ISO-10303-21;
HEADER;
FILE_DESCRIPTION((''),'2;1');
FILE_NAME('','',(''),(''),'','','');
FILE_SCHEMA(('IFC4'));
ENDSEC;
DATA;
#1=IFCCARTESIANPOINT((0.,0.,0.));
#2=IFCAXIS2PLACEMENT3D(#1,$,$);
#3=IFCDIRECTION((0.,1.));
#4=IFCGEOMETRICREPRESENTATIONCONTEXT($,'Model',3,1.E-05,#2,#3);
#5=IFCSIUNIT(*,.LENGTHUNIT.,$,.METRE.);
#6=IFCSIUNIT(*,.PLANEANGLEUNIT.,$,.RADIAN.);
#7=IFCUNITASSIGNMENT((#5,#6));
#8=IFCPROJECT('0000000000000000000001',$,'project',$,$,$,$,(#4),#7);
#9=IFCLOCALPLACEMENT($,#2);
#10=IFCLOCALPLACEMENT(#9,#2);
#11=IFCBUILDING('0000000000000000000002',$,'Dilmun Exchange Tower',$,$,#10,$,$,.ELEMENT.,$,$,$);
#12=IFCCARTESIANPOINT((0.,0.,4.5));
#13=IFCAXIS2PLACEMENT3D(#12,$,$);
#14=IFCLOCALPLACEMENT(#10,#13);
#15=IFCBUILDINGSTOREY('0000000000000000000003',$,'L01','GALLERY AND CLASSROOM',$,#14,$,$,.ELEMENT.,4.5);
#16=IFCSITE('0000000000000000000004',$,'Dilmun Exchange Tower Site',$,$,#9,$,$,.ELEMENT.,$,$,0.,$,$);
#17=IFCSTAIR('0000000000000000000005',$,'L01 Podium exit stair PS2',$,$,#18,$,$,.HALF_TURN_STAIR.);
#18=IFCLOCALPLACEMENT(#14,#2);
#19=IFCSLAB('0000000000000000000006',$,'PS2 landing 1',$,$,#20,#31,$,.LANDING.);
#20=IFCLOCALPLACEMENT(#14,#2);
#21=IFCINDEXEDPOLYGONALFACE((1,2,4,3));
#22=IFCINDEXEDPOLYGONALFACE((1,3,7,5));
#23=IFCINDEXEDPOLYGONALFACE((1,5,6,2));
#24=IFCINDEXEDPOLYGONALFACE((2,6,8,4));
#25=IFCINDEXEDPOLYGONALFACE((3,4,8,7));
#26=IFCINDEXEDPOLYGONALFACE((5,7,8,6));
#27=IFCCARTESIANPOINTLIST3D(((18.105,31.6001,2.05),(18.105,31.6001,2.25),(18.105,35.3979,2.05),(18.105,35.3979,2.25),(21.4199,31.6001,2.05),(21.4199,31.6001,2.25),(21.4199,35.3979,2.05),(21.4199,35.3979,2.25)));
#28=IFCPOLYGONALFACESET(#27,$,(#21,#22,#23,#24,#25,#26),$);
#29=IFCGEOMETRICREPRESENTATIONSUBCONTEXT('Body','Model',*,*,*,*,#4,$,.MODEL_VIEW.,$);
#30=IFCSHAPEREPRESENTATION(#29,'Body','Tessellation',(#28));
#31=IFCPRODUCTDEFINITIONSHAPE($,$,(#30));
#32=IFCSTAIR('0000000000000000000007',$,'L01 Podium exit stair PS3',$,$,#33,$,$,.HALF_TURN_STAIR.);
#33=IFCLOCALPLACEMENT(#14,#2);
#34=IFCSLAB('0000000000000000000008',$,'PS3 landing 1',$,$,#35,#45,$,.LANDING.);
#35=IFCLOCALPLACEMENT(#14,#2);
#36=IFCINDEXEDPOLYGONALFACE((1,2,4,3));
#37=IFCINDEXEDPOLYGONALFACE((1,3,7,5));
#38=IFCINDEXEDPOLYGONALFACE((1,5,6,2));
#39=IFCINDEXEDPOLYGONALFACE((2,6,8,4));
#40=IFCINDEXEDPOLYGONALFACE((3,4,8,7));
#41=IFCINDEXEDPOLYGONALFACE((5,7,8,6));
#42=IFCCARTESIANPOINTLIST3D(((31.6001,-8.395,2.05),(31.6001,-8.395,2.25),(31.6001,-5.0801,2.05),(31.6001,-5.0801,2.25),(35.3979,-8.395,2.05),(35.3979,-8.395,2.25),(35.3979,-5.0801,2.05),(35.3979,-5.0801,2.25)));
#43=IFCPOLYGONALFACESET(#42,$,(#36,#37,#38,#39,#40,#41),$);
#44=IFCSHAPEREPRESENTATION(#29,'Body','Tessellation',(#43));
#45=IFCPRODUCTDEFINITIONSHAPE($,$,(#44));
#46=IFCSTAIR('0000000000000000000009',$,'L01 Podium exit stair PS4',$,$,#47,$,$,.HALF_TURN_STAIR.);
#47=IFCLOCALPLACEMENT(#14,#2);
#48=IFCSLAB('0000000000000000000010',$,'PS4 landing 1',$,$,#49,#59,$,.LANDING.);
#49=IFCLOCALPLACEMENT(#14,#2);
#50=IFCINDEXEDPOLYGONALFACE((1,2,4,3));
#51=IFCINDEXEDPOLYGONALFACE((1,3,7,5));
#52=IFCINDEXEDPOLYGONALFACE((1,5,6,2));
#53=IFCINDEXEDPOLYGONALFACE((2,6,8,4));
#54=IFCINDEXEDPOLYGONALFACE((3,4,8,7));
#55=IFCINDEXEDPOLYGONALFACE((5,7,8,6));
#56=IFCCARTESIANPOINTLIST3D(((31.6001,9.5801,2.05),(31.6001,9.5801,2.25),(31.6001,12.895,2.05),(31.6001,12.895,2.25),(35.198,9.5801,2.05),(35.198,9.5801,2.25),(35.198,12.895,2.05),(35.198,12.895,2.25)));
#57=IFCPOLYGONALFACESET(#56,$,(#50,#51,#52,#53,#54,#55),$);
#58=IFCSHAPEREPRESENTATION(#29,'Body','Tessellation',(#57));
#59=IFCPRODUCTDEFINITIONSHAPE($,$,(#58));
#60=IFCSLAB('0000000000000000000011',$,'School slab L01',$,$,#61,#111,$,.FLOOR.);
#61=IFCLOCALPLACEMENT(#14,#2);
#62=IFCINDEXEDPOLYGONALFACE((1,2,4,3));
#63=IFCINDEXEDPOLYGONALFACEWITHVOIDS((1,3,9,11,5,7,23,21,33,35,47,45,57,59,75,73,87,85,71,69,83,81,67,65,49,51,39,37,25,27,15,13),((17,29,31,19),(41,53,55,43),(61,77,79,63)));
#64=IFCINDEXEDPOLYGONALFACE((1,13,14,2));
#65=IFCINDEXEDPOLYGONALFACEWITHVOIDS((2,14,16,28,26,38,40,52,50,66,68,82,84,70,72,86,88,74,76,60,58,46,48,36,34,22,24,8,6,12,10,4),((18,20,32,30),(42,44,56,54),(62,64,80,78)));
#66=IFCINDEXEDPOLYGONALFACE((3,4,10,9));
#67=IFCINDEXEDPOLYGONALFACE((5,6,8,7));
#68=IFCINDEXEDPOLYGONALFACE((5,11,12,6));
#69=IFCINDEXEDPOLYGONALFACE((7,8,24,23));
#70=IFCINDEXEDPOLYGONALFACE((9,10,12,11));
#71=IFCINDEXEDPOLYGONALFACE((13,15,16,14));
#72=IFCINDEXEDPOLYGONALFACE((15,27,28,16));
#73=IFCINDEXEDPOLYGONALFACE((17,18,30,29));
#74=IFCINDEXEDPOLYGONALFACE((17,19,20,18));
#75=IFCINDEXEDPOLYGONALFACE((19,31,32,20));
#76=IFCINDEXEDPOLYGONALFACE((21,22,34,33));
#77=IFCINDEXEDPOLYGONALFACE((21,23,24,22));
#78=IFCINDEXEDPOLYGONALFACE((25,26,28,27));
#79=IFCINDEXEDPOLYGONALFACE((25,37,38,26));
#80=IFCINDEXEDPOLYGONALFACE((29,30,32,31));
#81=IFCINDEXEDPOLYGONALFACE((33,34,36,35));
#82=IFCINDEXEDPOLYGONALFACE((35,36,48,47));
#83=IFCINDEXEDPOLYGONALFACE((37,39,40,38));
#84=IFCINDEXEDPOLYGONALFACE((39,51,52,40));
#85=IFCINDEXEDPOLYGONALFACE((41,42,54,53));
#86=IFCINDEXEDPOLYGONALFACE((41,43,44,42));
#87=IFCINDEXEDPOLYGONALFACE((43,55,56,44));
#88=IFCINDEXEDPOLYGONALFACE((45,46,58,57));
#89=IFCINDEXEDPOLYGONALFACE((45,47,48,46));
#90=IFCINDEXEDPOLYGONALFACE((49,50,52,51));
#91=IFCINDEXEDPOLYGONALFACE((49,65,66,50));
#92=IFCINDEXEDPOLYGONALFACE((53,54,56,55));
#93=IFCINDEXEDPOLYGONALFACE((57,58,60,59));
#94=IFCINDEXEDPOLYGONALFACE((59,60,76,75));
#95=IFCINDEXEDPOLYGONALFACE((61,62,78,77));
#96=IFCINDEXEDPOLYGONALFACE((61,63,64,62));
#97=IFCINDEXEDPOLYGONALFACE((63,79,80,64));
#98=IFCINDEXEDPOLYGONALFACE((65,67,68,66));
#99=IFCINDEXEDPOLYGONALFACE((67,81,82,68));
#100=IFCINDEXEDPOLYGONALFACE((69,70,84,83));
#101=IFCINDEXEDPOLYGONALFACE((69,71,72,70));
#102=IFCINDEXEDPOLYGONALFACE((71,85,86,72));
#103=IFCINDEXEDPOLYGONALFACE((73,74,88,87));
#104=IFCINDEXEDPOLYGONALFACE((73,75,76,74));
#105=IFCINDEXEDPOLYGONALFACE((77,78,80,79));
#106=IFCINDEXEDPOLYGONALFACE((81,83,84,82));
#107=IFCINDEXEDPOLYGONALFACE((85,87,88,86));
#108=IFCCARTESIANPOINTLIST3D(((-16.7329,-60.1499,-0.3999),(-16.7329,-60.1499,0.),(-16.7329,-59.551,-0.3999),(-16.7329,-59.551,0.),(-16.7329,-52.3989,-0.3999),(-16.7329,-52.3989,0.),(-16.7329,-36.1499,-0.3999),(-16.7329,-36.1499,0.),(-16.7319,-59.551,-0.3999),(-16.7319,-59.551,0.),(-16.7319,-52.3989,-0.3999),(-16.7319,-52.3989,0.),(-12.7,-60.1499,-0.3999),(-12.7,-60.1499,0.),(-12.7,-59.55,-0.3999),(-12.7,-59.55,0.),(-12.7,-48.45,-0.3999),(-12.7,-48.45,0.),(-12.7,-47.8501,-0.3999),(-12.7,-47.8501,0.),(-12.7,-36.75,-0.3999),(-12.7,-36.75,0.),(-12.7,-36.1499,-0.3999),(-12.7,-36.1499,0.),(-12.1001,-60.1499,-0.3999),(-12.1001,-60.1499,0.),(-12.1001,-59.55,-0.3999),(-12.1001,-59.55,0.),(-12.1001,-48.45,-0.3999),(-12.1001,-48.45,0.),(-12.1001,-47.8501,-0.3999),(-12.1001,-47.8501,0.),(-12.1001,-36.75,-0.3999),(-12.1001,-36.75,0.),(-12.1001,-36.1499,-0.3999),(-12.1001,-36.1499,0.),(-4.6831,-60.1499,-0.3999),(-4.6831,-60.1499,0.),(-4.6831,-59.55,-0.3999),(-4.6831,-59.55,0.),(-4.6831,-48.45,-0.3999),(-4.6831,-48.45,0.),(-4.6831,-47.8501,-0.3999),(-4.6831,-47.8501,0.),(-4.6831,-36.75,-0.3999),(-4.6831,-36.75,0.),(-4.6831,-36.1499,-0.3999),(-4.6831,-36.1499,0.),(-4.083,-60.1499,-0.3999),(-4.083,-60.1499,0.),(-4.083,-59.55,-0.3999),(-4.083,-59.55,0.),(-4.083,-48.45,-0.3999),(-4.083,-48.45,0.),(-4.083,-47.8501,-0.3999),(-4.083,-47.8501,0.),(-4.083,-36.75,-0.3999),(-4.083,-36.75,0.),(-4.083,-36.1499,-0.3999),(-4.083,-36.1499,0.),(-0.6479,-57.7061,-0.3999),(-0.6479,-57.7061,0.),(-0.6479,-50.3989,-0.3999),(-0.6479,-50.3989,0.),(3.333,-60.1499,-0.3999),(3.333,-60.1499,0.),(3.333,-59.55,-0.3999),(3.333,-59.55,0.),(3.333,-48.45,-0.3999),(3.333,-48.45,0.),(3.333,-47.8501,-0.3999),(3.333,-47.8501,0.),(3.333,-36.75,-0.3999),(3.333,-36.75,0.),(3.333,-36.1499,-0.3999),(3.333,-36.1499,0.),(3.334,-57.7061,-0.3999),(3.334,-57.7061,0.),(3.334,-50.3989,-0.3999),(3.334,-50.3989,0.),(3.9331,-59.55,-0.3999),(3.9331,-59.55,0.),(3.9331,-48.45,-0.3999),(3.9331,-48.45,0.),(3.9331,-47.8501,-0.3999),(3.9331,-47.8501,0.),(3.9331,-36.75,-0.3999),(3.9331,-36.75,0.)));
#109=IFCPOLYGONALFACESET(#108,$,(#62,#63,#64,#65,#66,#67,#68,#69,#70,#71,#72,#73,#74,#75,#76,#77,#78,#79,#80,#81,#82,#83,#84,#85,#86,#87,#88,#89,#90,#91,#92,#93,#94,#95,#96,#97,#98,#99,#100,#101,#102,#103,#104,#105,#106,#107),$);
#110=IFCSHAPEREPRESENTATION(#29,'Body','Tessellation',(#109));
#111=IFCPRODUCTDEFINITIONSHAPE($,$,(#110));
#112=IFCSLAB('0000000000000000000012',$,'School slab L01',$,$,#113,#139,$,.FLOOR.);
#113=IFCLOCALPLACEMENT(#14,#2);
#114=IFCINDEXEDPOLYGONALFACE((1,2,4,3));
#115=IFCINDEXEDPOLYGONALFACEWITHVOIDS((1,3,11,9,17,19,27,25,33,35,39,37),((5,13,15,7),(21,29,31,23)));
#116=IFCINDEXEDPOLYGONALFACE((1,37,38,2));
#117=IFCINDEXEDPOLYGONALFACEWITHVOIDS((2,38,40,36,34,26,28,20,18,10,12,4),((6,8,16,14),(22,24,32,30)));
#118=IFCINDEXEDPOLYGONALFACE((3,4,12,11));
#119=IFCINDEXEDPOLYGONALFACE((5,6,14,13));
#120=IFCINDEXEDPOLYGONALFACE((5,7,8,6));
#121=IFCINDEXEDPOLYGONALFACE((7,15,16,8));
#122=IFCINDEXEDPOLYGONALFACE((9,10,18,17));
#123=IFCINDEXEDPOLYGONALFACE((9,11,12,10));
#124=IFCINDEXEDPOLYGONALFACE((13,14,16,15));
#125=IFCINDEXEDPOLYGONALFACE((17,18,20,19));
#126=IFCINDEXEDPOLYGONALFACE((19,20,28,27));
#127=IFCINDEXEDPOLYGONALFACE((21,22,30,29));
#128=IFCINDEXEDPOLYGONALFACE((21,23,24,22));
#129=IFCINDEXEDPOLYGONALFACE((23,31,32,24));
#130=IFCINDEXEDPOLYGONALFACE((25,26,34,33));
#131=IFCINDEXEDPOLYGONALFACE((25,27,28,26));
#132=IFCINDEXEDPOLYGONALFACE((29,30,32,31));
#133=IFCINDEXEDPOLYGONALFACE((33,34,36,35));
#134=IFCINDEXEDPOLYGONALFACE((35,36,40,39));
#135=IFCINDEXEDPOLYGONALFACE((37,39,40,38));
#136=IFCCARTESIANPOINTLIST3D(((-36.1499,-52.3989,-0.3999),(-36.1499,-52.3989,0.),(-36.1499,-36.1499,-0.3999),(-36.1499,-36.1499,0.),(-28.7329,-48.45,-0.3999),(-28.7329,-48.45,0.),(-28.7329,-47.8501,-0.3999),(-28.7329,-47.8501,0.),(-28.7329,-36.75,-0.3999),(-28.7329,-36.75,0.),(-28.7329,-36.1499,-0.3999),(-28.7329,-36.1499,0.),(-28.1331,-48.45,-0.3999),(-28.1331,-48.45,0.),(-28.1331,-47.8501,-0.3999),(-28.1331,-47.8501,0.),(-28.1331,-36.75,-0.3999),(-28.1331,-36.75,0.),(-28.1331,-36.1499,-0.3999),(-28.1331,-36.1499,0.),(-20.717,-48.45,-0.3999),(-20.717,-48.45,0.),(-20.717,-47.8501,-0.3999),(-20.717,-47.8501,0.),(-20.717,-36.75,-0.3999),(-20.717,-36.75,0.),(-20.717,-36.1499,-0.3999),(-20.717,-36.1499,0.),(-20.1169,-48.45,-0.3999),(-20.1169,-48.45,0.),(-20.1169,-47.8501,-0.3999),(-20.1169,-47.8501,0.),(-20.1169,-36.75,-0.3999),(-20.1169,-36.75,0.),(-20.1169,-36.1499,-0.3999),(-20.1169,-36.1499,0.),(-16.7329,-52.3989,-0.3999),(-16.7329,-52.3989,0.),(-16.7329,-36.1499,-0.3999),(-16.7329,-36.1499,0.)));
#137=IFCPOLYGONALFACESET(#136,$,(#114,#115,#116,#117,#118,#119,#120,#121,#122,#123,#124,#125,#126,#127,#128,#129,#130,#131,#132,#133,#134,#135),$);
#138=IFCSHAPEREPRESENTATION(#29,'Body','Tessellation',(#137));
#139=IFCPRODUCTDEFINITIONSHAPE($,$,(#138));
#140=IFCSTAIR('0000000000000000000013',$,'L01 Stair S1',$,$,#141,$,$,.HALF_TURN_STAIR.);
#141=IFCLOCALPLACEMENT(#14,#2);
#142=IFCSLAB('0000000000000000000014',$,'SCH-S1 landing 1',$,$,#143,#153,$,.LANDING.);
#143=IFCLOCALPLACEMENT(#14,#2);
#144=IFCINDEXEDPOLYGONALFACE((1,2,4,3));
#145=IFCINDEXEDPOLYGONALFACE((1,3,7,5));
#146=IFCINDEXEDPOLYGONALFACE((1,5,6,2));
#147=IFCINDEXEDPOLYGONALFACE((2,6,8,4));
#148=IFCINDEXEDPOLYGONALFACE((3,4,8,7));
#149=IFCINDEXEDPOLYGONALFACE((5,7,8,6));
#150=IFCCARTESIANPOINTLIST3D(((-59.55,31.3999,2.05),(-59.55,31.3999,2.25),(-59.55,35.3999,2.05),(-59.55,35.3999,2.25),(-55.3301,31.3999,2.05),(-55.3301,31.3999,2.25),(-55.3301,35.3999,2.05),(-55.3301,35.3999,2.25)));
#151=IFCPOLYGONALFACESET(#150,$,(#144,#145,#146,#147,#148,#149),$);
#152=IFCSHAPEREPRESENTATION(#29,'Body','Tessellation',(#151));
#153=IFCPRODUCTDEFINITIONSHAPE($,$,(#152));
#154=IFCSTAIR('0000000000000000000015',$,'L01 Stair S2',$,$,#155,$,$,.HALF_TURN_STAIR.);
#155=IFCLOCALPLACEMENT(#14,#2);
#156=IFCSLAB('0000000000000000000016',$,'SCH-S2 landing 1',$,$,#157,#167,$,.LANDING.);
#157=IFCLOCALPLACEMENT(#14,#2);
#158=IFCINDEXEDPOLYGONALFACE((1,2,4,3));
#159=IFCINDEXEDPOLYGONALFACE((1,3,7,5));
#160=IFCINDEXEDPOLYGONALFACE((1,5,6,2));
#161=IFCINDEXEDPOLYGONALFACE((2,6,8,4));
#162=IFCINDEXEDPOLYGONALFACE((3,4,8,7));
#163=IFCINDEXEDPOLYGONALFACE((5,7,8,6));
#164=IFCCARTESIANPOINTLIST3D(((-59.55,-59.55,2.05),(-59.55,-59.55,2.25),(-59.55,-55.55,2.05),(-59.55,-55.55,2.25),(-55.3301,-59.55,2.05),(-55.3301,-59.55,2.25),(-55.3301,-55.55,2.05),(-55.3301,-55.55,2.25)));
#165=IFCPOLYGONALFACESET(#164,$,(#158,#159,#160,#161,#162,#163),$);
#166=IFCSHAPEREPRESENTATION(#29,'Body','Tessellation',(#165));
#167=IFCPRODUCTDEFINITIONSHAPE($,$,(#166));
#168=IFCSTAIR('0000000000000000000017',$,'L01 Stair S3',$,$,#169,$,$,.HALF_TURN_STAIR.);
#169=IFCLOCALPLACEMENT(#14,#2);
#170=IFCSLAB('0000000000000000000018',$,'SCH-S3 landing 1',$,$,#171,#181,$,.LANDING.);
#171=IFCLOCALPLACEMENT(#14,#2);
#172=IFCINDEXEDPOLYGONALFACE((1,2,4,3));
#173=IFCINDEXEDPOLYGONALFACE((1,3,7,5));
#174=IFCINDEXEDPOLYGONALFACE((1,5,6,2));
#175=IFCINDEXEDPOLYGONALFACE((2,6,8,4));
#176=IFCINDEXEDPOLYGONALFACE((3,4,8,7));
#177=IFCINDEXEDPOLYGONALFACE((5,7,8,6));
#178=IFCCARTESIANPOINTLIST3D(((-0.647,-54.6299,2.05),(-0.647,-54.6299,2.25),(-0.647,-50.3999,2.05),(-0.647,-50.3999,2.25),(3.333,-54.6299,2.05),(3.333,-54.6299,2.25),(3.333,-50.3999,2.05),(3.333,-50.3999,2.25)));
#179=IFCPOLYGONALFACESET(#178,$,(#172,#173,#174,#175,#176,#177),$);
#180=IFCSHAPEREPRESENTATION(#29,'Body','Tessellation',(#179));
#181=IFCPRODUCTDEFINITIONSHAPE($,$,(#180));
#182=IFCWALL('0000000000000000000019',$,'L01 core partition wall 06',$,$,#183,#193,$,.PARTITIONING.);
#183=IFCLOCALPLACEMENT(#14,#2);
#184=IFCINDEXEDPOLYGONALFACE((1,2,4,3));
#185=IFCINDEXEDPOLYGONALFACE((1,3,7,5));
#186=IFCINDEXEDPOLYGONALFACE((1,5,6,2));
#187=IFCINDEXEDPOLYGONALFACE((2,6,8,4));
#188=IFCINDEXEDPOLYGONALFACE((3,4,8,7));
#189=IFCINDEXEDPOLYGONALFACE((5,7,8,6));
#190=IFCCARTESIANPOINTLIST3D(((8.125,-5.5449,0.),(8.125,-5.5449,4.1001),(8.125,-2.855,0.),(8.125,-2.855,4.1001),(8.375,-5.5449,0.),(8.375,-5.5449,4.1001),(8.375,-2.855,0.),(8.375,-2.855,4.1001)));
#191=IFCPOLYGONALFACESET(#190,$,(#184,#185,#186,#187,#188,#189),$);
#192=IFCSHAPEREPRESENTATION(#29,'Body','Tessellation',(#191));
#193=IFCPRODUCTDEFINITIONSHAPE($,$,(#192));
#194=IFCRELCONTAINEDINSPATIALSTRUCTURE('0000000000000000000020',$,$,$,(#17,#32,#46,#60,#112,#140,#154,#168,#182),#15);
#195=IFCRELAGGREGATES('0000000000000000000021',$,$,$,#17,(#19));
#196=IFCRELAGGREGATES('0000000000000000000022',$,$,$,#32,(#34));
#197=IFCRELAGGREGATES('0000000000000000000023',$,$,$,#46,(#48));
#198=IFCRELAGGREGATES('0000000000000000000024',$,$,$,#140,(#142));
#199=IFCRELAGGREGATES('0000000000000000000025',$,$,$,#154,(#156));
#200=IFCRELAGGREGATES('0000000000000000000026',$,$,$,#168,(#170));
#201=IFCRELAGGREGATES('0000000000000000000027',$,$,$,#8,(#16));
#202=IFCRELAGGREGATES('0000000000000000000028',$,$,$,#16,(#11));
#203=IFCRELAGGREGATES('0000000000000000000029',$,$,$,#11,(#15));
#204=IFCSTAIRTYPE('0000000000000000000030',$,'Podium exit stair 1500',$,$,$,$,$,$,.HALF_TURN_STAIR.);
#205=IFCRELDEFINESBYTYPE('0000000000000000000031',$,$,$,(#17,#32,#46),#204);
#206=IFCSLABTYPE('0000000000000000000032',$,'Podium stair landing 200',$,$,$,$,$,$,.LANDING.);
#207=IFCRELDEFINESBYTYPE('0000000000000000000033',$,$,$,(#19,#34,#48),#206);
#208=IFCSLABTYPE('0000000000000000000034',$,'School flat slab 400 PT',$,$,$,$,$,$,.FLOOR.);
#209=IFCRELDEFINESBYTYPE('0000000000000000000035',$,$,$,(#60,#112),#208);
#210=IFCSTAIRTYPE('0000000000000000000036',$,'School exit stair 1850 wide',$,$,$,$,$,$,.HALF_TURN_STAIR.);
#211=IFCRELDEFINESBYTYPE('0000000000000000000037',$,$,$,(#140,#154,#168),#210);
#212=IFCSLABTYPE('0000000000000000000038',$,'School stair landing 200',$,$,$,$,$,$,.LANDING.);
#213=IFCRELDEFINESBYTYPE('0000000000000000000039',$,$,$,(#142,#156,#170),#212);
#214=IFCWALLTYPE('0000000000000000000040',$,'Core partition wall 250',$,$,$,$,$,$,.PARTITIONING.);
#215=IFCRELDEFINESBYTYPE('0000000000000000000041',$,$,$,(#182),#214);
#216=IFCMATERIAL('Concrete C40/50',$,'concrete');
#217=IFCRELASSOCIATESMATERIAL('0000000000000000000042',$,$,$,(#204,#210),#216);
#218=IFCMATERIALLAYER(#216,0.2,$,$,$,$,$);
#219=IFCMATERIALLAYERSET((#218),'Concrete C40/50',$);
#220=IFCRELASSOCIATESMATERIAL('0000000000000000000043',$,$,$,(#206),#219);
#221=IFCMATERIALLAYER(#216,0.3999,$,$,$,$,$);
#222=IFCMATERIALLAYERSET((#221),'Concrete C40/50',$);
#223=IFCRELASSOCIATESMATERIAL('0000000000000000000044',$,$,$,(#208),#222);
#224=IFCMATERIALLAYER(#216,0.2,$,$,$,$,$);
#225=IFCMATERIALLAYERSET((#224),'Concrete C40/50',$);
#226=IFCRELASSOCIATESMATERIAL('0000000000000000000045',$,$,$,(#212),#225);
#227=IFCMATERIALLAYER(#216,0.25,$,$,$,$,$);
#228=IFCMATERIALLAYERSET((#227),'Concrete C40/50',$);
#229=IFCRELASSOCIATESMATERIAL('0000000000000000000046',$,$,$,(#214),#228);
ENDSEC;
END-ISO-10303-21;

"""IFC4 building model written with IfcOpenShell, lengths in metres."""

from ifc_helpers import new_model, si_unit, direction, frame, frame_2d, origin, place, context, subcontext, project, spatial, polyline, rectangle, outline, extrude, material, layer, layer_set, type_object, element, aggregate, save


model = new_model("IFC4")

# Units and contexts
model_context = context("Model", 3, precision=1e-05, world=origin(), true_north=direction((0.0, 1.0)))
body_context = subcontext(model_context, "Body", "Model", "MODEL_VIEW")
ifc_project = project(units=[si_unit("LENGTHUNIT", "METRE"), si_unit("PLANEANGLEUNIT", "RADIAN")], contexts=[model_context])

# Site, building, storey
site_placement = place(None, origin())
site = spatial("IfcSite", under=ifc_project, at=site_placement, Name="Dilmun Exchange Tower Site", CompositionType="ELEMENT", RefElevation=0.0)
building_placement = place(site_placement, origin())
building = spatial("IfcBuilding", under=site, at=building_placement, Name="Dilmun Exchange Tower", CompositionType="ELEMENT")
storey_placement = place(building_placement, frame((0.0, 0.0, 4.5)))
storey = spatial("IfcBuildingStorey", under=building, at=storey_placement, Name="L01", Description="GALLERY AND CLASSROOM", CompositionType="ELEMENT", Elevation=4.5)

# Stairs, slabs
ifc_material_1 = material(Name="Concrete C40/50", Category="concrete")
stair_type_1 = type_object("IfcStairType", Name="Podium exit stair 1500", PredefinedType="HALF_TURN_STAIR", material=ifc_material_1)
stair_1_placement = place(storey_placement, origin())
stair_1 = element("IfcStair", 1, at=stair_1_placement, inside=storey, type_object=stair_type_1, Name="L01 Podium exit stair PS2", PredefinedType="HALF_TURN_STAIR")
ifc_layer_1 = layer(ifc_material_1, 0.2)
ifc_layer_set_1 = layer_set([ifc_layer_1], Name="Concrete C40/50")
slab_type_1 = type_object("IfcSlabType", Name="Podium stair landing 200", PredefinedType="LANDING", material=ifc_layer_set_1)
slab_1_placement = place(storey_placement, frame((0.0, 0.0, 2.05)))
slab_1 = element("IfcSlab", 2, at=slab_1_placement, type_object=slab_type_1, Name="PS2 landing 1", PredefinedType="LANDING", context=body_context, shape_type="SweptSolid", body=[
    extrude(outline(polyline([(21.4199, 35.3979), (18.105, 35.3979), (18.105, 31.6001), (21.4199, 31.6001), (21.4199, 35.3979)])), origin(), (0.0, 0.0, 1.0), 0.2),
])
aggregate(stair_1, [slab_1])
stair_2_placement = place(storey_placement, origin())
stair_2 = element("IfcStair", 3, at=stair_2_placement, inside=storey, type_object=stair_type_1, Name="L01 Podium exit stair PS3", PredefinedType="HALF_TURN_STAIR")
slab_2_placement = place(storey_placement, frame((0.0, 0.0, 2.05)))
slab_2 = element("IfcSlab", 4, at=slab_2_placement, type_object=slab_type_1, Name="PS3 landing 1", PredefinedType="LANDING", context=body_context, shape_type="SweptSolid", body=[
    extrude(outline(polyline([(31.6001, -5.0801), (31.6001, -8.395), (35.3979, -8.395), (35.3979, -5.0801), (31.6001, -5.0801)])), origin(), (0.0, 0.0, 1.0), 0.2),
])
aggregate(stair_2, [slab_2])
stair_3_placement = place(storey_placement, origin())
stair_3 = element("IfcStair", 5, at=stair_3_placement, inside=storey, type_object=stair_type_1, Name="L01 Podium exit stair PS4", PredefinedType="HALF_TURN_STAIR")
slab_3_placement = place(storey_placement, frame((0.0, 0.0, 2.05)))
slab_3 = element("IfcSlab", 6, at=slab_3_placement, type_object=slab_type_1, Name="PS4 landing 1", PredefinedType="LANDING", context=body_context, shape_type="SweptSolid", body=[
    extrude(outline(polyline([(35.198, 9.5801), (35.198, 12.895), (31.6001, 12.895), (31.6001, 9.5801), (35.198, 9.5801)])), origin(), (0.0, 0.0, 1.0), 0.2),
])
aggregate(stair_3, [slab_3])

# Slabs
ifc_layer_2 = layer(ifc_material_1, 0.3999)
ifc_layer_set_2 = layer_set([ifc_layer_2], Name="Concrete C40/50")
slab_type_2 = type_object("IfcSlabType", Name="School flat slab 400 PT", PredefinedType="FLOOR", material=ifc_layer_set_2)
slab_4_placement = place(storey_placement, frame((0.0, 0.0, -0.3999)))
element("IfcSlab", 7, at=slab_4_placement, inside=storey, type_object=slab_type_2, Name="School slab L01", PredefinedType="FLOOR", context=body_context, shape_type="SweptSolid", body=[
    extrude(outline(polyline([(3.333, -47.8501), (3.333, -48.45), (3.9331, -48.45), (3.9331, -59.55), (3.333, -59.55), (3.333, -60.1499), (-4.083, -60.1499), (-4.083, -59.55), (-4.6831, -59.55), (-4.6831, -60.1499), (-12.1001, -60.1499), (-12.1001, -59.55), (-12.7, -59.55), (-12.7, -60.1499), (-16.7329, -60.1499), (-16.7329, -59.551), (-16.7319, -59.551), (-16.7319, -52.3989), (-16.7329, -52.3989), (-16.7329, -36.1499), (-12.7, -36.1499), (-12.7, -36.75), (-12.1001, -36.75), (-12.1001, -36.1499), (-4.6831, -36.1499), (-4.6831, -36.75), (-4.083, -36.75), (-4.083, -36.1499), (3.333, -36.1499), (3.333, -36.75), (3.9331, -36.75), (3.9331, -47.8501), (3.333, -47.8501)]), holes=[polyline([(-12.1001, -47.8501), (-12.7, -47.8501), (-12.7, -48.45), (-12.1001, -48.45), (-12.1001, -47.8501)]), polyline([(-4.083, -47.8501), (-4.6831, -47.8501), (-4.6831, -48.45), (-4.083, -48.45), (-4.083, -47.8501)]), polyline([(-0.6479, -50.3989), (-0.6479, -57.7061), (3.334, -57.7061), (3.334, -50.3989), (-0.6479, -50.3989)])]), origin(), (0.0, 0.0, 1.0), 0.3999),
])
slab_5_placement = place(storey_placement, frame((0.0, 0.0, -0.3999)))
element("IfcSlab", 8, at=slab_5_placement, inside=storey, type_object=slab_type_2, Name="School slab L01", PredefinedType="FLOOR", context=body_context, shape_type="SweptSolid", body=[
    extrude(outline(polyline([(-36.1499, -52.3989), (-36.1499, -36.1499), (-28.7329, -36.1499), (-28.7329, -36.75), (-28.1331, -36.75), (-28.1331, -36.1499), (-20.717, -36.1499), (-20.717, -36.75), (-20.1169, -36.75), (-20.1169, -36.1499), (-16.7329, -36.1499), (-16.7329, -52.3989), (-36.1499, -52.3989)]), holes=[polyline([(-28.1331, -47.8501), (-28.7329, -47.8501), (-28.7329, -48.45), (-28.1331, -48.45), (-28.1331, -47.8501)]), polyline([(-20.1169, -47.8501), (-20.717, -47.8501), (-20.717, -48.45), (-20.1169, -48.45), (-20.1169, -47.8501)])]), origin(), (0.0, 0.0, 1.0), 0.3999),
])

# Stairs, slabs
stair_type_2 = type_object("IfcStairType", Name="School exit stair 1850 wide", PredefinedType="HALF_TURN_STAIR", material=ifc_material_1)
stair_4_placement = place(storey_placement, origin())
stair_4 = element("IfcStair", 9, at=stair_4_placement, inside=storey, type_object=stair_type_2, Name="L01 Stair S1", PredefinedType="HALF_TURN_STAIR")
ifc_layer_3 = layer(ifc_material_1, 0.2)
ifc_layer_set_3 = layer_set([ifc_layer_3], Name="Concrete C40/50")
slab_type_3 = type_object("IfcSlabType", Name="School stair landing 200", PredefinedType="LANDING", material=ifc_layer_set_3)
slab_6_placement = place(storey_placement, frame((0.0, 0.0, 2.05)))
slab_6 = element("IfcSlab", 10, at=slab_6_placement, type_object=slab_type_3, Name="SCH-S1 landing 1", PredefinedType="LANDING", context=body_context, shape_type="SweptSolid", body=[
    extrude(outline(polyline([(-55.3301, 35.3999), (-59.55, 35.3999), (-59.55, 31.3999), (-55.3301, 31.3999), (-55.3301, 35.3999)])), origin(), (0.0, 0.0, 1.0), 0.2),
])
aggregate(stair_4, [slab_6])
stair_5_placement = place(storey_placement, origin())
stair_5 = element("IfcStair", 11, at=stair_5_placement, inside=storey, type_object=stair_type_2, Name="L01 Stair S2", PredefinedType="HALF_TURN_STAIR")
slab_7_placement = place(storey_placement, frame((0.0, 0.0, 2.05)))
slab_7 = element("IfcSlab", 12, at=slab_7_placement, type_object=slab_type_3, Name="SCH-S2 landing 1", PredefinedType="LANDING", context=body_context, shape_type="SweptSolid", body=[
    extrude(outline(polyline([(-55.3301, -55.55), (-59.55, -55.55), (-59.55, -59.55), (-55.3301, -59.55), (-55.3301, -55.55)])), origin(), (0.0, 0.0, 1.0), 0.2),
])
aggregate(stair_5, [slab_7])
stair_6_placement = place(storey_placement, origin())
stair_6 = element("IfcStair", 13, at=stair_6_placement, inside=storey, type_object=stair_type_2, Name="L01 Stair S3", PredefinedType="HALF_TURN_STAIR")
slab_8_placement = place(storey_placement, frame((0.0, 0.0, 2.05)))
slab_8 = element("IfcSlab", 14, at=slab_8_placement, type_object=slab_type_3, Name="SCH-S3 landing 1", PredefinedType="LANDING", context=body_context, shape_type="SweptSolid", body=[
    extrude(outline(polyline([(3.333, -54.6299), (3.333, -50.3999), (-0.647, -50.3999), (-0.647, -54.6299), (3.333, -54.6299)])), origin(), (0.0, 0.0, 1.0), 0.2),
])
aggregate(stair_6, [slab_8])

# Wall
ifc_layer_4 = layer(ifc_material_1, 0.25)
ifc_layer_set_4 = layer_set([ifc_layer_4], Name="Concrete C40/50")
wall_type_1 = type_object("IfcWallType", Name="Core partition wall 250", PredefinedType="PARTITIONING", material=ifc_layer_set_4)
wall_1_placement = place(storey_placement, frame((8.25, -5.5449, 0.0), z_axis=(0.0, 0.0, 1.0), x_axis=(0.0, 1.0, 0.0)))
element("IfcWall", 15, at=wall_1_placement, inside=storey, type_object=wall_type_1, Name="L01 core partition wall 06", PredefinedType="PARTITIONING", context=body_context, shape_type="SweptSolid", body=[
    extrude(rectangle(XDim=2.6899, YDim=0.25, at=frame_2d((1.345, 0.0))), origin(), (0.0, 0.0, 1.0), 4.1001),
])

save(model, "model.ifc")
